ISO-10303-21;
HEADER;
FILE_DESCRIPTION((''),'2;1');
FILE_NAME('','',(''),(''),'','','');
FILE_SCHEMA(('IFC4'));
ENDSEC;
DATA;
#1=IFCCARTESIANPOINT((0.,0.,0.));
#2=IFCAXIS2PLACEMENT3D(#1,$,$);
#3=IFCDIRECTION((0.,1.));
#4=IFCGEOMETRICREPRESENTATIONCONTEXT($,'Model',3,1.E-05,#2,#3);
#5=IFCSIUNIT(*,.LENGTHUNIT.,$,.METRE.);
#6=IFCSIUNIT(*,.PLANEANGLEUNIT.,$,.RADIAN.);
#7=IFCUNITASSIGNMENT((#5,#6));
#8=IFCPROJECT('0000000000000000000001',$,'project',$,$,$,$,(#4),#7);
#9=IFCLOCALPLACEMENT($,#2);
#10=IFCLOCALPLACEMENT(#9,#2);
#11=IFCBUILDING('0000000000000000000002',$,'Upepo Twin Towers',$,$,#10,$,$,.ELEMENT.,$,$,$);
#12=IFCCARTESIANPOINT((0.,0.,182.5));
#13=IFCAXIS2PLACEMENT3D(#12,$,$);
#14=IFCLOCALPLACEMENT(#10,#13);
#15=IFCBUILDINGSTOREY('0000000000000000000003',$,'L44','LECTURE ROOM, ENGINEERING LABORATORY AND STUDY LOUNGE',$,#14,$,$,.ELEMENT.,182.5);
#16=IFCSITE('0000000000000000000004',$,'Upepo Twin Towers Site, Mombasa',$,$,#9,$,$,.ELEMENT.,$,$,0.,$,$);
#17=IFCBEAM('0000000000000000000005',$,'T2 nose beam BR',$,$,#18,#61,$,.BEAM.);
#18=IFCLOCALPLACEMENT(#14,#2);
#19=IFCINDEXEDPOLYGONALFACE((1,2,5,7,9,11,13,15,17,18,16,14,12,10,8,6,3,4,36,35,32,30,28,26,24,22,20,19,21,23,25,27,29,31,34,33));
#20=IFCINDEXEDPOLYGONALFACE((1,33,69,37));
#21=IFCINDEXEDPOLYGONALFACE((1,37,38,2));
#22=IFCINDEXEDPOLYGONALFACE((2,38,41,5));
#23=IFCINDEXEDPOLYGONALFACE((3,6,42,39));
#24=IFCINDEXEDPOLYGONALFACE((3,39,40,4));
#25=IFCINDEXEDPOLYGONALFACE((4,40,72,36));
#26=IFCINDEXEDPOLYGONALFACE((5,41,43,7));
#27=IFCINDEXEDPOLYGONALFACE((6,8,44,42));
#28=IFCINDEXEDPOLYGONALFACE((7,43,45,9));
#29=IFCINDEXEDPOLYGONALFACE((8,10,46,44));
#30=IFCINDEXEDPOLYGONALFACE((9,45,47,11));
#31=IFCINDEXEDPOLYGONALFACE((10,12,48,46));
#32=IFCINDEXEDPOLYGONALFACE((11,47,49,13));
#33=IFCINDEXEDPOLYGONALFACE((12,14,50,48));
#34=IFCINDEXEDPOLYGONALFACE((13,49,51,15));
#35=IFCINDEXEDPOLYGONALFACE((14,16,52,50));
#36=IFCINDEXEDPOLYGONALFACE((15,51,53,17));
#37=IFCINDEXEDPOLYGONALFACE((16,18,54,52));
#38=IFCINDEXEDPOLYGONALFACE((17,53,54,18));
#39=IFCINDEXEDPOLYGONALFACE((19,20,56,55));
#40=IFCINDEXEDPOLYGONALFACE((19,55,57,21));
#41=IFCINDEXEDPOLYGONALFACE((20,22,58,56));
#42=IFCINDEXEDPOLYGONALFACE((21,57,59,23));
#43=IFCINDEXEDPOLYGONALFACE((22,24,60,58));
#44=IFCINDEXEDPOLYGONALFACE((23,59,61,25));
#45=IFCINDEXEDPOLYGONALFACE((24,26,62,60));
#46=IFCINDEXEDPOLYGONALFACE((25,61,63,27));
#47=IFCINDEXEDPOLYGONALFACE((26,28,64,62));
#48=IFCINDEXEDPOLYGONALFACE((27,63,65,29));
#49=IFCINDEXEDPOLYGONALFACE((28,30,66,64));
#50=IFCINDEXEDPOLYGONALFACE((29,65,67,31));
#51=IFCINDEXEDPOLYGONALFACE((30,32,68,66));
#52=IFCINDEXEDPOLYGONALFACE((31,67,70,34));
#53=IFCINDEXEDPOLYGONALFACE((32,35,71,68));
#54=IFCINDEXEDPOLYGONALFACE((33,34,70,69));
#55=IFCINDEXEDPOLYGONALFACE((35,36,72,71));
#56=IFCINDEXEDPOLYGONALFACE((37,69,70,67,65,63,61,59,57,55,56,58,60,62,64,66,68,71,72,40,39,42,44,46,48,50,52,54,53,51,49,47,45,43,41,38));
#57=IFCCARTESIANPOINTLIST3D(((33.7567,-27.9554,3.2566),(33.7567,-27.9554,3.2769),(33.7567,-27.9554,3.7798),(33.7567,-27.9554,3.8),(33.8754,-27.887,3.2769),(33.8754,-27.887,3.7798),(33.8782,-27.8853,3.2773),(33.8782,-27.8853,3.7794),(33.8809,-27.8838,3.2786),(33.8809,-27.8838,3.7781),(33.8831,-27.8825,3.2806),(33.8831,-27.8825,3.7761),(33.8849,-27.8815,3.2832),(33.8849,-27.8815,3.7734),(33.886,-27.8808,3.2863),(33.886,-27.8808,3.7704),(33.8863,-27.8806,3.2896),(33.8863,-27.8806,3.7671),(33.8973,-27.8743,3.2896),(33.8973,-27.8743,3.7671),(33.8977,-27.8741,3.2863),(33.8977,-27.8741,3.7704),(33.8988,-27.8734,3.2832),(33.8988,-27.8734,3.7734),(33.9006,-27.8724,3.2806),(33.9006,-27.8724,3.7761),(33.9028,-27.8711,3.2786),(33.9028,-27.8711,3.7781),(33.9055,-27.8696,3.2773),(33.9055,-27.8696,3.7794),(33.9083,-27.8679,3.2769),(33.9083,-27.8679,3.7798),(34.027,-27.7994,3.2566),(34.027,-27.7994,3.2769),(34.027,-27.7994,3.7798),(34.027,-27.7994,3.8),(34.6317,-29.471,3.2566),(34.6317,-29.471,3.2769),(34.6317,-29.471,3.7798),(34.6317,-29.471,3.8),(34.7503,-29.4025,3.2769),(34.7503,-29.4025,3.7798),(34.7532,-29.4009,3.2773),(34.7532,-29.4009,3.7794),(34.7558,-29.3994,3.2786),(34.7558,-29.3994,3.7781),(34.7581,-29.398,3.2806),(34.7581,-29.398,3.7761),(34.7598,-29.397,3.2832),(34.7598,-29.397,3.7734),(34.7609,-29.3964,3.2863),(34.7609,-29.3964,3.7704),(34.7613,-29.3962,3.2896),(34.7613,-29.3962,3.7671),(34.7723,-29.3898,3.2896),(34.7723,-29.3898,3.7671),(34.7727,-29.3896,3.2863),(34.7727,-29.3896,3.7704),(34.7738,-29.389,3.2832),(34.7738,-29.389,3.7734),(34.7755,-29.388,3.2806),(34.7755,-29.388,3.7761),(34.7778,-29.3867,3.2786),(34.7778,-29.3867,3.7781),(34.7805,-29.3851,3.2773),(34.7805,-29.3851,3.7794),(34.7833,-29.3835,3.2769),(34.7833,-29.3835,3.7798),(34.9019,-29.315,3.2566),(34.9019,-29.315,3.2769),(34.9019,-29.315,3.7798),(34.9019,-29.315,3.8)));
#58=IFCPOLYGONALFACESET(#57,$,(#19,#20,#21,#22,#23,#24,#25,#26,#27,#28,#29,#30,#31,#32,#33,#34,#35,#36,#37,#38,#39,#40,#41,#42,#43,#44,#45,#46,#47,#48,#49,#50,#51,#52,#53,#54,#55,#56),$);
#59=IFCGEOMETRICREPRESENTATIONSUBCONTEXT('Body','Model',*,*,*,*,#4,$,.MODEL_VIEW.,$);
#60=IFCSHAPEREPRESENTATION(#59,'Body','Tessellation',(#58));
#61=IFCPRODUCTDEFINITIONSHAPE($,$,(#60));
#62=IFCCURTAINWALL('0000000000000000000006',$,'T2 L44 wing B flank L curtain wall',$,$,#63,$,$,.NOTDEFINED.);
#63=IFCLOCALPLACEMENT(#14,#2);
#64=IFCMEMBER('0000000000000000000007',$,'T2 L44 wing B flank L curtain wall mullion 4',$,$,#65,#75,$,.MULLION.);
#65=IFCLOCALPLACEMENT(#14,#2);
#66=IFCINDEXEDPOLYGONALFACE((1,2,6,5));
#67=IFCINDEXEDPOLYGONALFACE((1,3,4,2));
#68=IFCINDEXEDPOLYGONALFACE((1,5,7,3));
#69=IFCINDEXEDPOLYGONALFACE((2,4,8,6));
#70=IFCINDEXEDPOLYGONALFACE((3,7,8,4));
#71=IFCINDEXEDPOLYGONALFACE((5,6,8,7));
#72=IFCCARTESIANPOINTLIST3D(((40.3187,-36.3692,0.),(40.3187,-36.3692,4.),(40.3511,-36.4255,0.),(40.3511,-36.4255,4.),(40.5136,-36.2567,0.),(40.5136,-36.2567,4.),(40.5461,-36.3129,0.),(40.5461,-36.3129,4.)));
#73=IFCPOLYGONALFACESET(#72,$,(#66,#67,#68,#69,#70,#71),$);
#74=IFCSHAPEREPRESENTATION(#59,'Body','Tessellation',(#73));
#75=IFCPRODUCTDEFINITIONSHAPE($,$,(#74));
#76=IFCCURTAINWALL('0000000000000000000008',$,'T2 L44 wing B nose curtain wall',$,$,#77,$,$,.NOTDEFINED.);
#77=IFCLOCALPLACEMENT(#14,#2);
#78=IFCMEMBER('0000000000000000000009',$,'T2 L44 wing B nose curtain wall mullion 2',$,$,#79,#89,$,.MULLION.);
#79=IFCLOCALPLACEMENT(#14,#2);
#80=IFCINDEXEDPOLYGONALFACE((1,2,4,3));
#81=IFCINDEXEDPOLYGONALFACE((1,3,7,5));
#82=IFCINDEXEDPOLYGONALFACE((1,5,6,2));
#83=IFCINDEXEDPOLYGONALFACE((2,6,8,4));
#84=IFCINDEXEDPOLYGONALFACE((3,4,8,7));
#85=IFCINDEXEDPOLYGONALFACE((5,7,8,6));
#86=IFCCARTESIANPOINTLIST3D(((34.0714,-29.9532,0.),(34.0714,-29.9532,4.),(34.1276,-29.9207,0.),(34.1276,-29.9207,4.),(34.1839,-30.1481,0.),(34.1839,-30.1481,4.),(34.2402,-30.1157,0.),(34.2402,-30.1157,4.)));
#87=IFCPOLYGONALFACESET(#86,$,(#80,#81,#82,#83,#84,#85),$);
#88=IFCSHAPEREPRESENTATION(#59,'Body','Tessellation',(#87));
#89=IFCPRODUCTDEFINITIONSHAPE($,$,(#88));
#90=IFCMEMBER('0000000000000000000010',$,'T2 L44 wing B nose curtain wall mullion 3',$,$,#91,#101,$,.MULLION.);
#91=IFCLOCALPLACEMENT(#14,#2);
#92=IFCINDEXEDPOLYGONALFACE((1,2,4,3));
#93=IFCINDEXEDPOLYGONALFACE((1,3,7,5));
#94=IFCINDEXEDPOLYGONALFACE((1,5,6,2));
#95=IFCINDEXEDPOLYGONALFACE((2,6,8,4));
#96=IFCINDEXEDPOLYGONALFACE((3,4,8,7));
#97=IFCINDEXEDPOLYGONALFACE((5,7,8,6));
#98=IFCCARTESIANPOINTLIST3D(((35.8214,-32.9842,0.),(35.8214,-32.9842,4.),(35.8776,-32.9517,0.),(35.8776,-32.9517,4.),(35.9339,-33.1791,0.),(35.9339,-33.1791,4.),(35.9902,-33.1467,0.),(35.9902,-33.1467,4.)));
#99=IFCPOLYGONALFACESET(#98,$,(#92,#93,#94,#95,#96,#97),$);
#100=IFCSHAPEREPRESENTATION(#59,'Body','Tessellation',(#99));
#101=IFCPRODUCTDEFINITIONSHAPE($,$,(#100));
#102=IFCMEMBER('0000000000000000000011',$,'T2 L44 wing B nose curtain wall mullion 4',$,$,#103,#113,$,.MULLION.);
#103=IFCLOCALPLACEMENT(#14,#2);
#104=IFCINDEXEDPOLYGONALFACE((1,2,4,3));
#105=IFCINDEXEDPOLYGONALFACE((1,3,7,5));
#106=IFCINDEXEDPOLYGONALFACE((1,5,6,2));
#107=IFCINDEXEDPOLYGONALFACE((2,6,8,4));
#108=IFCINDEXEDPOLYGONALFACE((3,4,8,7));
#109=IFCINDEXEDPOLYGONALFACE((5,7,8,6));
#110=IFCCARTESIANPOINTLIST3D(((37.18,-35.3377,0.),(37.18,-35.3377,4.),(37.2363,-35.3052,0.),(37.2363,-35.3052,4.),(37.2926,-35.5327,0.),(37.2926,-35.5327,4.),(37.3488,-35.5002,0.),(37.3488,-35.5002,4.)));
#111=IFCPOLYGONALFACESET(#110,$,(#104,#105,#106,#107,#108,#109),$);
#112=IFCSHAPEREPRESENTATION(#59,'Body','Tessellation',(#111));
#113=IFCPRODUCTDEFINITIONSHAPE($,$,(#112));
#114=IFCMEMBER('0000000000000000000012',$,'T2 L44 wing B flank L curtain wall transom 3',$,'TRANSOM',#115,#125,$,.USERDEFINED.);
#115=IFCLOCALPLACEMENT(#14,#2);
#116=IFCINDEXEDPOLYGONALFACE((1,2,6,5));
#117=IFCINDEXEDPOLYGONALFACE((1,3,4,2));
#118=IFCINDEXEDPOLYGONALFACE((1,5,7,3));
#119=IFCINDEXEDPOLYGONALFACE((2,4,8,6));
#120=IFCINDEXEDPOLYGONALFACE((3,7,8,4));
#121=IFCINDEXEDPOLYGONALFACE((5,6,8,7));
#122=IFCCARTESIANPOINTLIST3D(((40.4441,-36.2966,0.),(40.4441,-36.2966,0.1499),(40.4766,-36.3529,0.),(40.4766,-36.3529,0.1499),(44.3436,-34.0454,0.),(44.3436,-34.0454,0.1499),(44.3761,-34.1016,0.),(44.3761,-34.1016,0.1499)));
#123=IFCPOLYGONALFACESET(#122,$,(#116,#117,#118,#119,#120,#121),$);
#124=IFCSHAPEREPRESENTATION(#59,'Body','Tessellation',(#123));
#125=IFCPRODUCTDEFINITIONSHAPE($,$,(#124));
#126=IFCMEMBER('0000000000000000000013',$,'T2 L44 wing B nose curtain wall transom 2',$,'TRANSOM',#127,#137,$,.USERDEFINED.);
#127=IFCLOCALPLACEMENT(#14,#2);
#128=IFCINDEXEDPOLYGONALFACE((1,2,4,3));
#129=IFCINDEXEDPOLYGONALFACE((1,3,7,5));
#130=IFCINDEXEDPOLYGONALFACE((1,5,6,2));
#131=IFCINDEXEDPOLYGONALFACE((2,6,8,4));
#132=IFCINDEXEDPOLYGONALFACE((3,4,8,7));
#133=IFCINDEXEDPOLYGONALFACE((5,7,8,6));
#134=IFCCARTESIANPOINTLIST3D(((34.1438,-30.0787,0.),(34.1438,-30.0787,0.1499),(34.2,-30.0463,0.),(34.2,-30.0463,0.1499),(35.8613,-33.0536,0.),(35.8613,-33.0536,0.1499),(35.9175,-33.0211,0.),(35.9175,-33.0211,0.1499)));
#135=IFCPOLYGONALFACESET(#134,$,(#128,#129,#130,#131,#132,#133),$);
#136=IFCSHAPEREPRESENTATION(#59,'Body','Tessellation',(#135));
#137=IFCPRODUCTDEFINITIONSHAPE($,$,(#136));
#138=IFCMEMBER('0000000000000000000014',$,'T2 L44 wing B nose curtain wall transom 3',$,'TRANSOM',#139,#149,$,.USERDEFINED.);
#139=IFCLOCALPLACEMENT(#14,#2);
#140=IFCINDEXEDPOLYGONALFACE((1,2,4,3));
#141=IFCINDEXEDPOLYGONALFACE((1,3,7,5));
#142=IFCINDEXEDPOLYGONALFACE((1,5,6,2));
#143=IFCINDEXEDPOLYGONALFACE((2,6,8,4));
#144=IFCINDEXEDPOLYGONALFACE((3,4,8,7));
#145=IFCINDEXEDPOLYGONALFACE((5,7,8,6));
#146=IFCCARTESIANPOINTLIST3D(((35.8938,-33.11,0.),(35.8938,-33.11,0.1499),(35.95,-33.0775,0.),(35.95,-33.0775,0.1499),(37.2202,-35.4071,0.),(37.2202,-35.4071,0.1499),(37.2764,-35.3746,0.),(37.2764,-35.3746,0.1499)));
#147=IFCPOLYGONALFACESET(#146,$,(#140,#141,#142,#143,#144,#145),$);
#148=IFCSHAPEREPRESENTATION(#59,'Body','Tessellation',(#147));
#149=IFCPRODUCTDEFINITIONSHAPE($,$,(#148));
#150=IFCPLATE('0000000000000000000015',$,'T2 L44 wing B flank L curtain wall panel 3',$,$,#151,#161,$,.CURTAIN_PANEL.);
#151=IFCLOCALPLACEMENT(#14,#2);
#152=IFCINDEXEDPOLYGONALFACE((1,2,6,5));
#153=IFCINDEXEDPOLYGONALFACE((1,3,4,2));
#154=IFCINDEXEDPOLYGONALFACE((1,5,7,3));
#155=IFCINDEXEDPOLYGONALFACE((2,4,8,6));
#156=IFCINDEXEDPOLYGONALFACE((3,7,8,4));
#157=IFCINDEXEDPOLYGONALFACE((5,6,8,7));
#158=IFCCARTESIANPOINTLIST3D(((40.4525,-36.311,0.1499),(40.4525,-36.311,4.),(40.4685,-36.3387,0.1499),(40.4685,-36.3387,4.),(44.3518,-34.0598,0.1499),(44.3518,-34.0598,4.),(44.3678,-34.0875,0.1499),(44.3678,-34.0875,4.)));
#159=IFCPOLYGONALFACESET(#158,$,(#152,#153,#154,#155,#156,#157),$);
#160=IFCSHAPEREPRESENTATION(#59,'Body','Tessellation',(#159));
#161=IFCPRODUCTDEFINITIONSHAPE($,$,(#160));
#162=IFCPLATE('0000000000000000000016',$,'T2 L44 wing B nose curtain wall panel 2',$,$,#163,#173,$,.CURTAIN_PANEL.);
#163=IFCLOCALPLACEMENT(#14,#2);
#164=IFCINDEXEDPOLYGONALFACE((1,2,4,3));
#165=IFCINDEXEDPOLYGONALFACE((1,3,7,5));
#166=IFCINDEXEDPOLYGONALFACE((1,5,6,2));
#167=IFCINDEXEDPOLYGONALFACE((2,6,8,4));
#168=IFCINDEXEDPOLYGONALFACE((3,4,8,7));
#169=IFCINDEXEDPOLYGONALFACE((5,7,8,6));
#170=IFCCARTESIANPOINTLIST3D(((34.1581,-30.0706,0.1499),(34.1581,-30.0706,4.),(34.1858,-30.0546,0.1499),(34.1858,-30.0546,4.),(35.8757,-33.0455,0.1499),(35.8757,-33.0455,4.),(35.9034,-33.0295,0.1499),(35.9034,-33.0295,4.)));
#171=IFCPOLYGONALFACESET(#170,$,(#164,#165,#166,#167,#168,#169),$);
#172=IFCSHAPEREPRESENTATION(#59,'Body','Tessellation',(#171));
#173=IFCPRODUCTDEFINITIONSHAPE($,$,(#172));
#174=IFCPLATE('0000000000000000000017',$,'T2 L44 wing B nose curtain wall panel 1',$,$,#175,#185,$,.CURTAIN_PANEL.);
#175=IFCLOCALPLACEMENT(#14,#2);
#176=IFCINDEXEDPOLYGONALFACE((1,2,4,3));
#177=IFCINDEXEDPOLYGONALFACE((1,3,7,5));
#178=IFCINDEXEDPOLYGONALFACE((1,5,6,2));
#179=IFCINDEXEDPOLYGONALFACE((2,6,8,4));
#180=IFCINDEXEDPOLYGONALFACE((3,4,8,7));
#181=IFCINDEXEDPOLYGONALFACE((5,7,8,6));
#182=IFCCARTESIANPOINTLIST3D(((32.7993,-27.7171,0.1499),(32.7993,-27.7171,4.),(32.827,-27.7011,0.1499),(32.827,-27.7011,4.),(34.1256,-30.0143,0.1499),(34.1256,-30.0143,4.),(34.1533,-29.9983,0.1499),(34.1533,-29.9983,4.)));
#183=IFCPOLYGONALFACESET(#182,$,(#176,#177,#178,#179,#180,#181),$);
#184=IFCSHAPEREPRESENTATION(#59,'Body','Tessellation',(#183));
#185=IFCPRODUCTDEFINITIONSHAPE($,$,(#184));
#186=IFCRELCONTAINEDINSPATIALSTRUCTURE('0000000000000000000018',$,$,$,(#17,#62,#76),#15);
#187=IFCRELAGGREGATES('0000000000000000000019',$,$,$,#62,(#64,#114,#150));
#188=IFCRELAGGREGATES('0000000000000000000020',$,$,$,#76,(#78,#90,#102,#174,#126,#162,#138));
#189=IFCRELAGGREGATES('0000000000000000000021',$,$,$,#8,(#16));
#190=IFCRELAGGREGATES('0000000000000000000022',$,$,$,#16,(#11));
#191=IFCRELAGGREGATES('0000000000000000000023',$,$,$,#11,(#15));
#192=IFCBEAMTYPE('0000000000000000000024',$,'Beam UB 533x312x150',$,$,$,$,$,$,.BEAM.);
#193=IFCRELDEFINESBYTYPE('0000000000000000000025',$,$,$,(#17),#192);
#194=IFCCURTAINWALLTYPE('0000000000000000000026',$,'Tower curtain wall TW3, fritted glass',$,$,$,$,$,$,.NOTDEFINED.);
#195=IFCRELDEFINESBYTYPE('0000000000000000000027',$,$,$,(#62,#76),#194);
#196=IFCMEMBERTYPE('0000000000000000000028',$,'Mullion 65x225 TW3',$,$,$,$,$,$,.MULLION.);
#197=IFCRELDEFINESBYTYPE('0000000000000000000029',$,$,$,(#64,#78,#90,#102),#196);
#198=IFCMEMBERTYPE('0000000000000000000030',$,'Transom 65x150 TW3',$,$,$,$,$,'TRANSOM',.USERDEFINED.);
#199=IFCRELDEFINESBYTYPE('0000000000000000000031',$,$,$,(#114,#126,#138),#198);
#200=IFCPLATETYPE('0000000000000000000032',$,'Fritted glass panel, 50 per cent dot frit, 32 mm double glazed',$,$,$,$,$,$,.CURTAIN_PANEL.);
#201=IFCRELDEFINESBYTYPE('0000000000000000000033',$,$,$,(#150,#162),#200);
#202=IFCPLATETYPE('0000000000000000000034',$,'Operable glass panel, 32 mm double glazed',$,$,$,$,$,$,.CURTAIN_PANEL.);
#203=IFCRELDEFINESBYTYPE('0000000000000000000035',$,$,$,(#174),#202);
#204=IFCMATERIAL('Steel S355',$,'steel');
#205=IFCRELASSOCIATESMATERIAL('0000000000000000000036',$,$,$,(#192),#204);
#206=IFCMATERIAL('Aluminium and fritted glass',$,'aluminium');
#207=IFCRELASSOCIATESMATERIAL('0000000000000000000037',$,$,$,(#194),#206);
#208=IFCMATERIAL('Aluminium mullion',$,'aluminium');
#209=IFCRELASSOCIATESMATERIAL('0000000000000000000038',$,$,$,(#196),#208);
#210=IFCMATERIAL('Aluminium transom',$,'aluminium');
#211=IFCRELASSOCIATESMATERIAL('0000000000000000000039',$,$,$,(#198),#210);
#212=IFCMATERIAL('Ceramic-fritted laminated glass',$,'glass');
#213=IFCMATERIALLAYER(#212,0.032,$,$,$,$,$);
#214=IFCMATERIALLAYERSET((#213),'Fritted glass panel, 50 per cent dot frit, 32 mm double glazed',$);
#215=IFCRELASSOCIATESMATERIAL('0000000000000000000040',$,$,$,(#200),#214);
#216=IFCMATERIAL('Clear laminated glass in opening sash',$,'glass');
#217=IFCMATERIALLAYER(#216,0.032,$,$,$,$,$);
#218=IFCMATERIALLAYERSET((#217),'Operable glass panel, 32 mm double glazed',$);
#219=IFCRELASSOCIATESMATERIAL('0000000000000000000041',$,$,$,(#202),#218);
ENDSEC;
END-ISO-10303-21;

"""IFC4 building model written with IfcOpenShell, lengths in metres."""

from ifc_helpers import new_model, si_unit, direction, frame, origin, origin_2d, place, context, subcontext, project, spatial, rectangle, i_section, extrude, material, layer, layer_set, material_profile, profile_set, type_object, element, aggregate, save


model = new_model("IFC4")

# Units and contexts
model_context = context("Model", 3, precision=1e-05, world=origin(), true_north=direction((0.0, 1.0)))
body_context = subcontext(model_context, "Body", "Model", "MODEL_VIEW")
ifc_project = project(units=[si_unit("LENGTHUNIT", "METRE"), si_unit("PLANEANGLEUNIT", "RADIAN")], contexts=[model_context])

# Site, building, storey
site_placement = place(None, origin())
site = spatial("IfcSite", under=ifc_project, at=site_placement, Name="Upepo Twin Towers Site, Mombasa", CompositionType="ELEMENT", RefElevation=0.0)
building_placement = place(site_placement, origin())
building = spatial("IfcBuilding", under=site, at=building_placement, Name="Upepo Twin Towers", CompositionType="ELEMENT")
storey_placement = place(building_placement, frame((0.0, 0.0, 182.5)))
storey = spatial("IfcBuildingStorey", under=building, at=storey_placement, Name="L44", Description="LECTURE ROOM, ENGINEERING LABORATORY AND STUDY LOUNGE", CompositionType="ELEMENT", Elevation=182.5)

# Beam
ifc_material_1 = material(Name="Steel S355", Category="steel")
ifc_material_profile_1 = material_profile(ifc_material_1, i_section(OverallWidth=0.312, OverallDepth=0.5435, WebThickness=0.0127, FlangeThickness=0.0203, FilletRadius=0.0127, at=origin_2d()), Name="UB 533x312x150")
ifc_profile_set_1 = profile_set([ifc_material_profile_1], Name="Steel S355")
beam_type_1 = type_object("IfcBeamType", Name="Beam UB 533x312x150", PredefinedType="BEAM", material=ifc_profile_set_1)
for number, where, z_axis, x_axis, name in (
    (1, (33.8918, -27.8774, 3.5283), (0.49998, -0.866037, 0.0), (0.866037, 0.49998, 0.0), "T2 nose beam BR"),
):
    element("IfcBeam", number, at=place(storey_placement, frame(where, z_axis=z_axis, x_axis=x_axis)), inside=storey, type_object=beam_type_1, Name=name, PredefinedType="BEAM", context=body_context, shape_type="SweptSolid", body=[
        extrude(i_section(OverallWidth=0.312, OverallDepth=0.5435, WebThickness=0.0127, FlangeThickness=0.0203, FilletRadius=0.0127, at=origin_2d()), origin(), (0.0, 0.0, 1.0), 1.75),
    ])

# Curtain wall, member
ifc_material_2 = material(Name="Aluminium and fritted glass", Category="aluminium")
curtain_wall_type = type_object("IfcCurtainWallType", Name="Tower curtain wall TW3, fritted glass", PredefinedType="NOTDEFINED", material=ifc_material_2)
curtain_wall_1_placement = place(storey_placement, origin())
curtain_wall_1 = element("IfcCurtainWall", 2, at=curtain_wall_1_placement, inside=storey, type_object=curtain_wall_type, Name="T2 L44 wing B flank L curtain wall", PredefinedType="NOTDEFINED")
ifc_material_3 = material(Name="Aluminium mullion", Category="aluminium")
ifc_material_profile_2 = material_profile(ifc_material_3, rectangle(XDim=0.0649, YDim=0.2251, at=origin_2d()), Name="MULLION 65x225")
ifc_profile_set_2 = profile_set([ifc_material_profile_2], Name="Aluminium mullion")
member_type_1 = type_object("IfcMemberType", Name="Mullion 65x225 TW3", PredefinedType="MULLION", material=ifc_profile_set_2)
member_1_placement = place(storey_placement, frame((40.4324, -36.3411, 0.0), z_axis=(0.0, 0.0, 1.0), x_axis=(0.5, -0.866025, 0.0)))
member_1 = element("IfcMember", 3, at=member_1_placement, type_object=member_type_1, Name="T2 L44 wing B flank L curtain wall mullion 4", PredefinedType="MULLION", context=body_context, shape_type="SweptSolid", body=[
    extrude(rectangle(XDim=0.0649, YDim=0.2251, at=origin_2d()), origin(), (0.0, 0.0, 1.0), 4.0),
])

# Curtain wall, members
curtain_wall_2_placement = place(storey_placement, origin())
curtain_wall_2 = element("IfcCurtainWall", 4, at=curtain_wall_2_placement, inside=storey, type_object=curtain_wall_type, Name="T2 L44 wing B nose curtain wall", PredefinedType="NOTDEFINED")
member_2_placement = place(storey_placement, frame((34.1558, -30.0344, 0.0), z_axis=(0.0, 0.0, 1.0), x_axis=(0.866025, 0.5, 0.0)))
member_2 = element("IfcMember", 5, at=member_2_placement, type_object=member_type_1, Name="T2 L44 wing B nose curtain wall mullion 2", PredefinedType="MULLION", context=body_context, shape_type="SweptSolid", body=[
    extrude(rectangle(XDim=0.0649, YDim=0.2251, at=origin_2d()), origin(), (0.0, 0.0, 1.0), 4.0),
])
member_3_placement = place(storey_placement, frame((35.9058, -33.0654, 0.0), z_axis=(0.0, 0.0, 1.0), x_axis=(0.866025, 0.5, 0.0)))
member_3 = element("IfcMember", 6, at=member_3_placement, type_object=member_type_1, Name="T2 L44 wing B nose curtain wall mullion 3", PredefinedType="MULLION", context=body_context, shape_type="SweptSolid", body=[
    extrude(rectangle(XDim=0.0649, YDim=0.2251, at=origin_2d()), origin(), (0.0, 0.0, 1.0), 4.0),
])
member_4_placement = place(storey_placement, frame((37.2644, -35.4189, 0.0), z_axis=(0.0, 0.0, 1.0), x_axis=(0.866025, 0.5, 0.0)))
member_4 = element("IfcMember", 7, at=member_4_placement, type_object=member_type_1, Name="T2 L44 wing B nose curtain wall mullion 4", PredefinedType="MULLION", context=body_context, shape_type="SweptSolid", body=[
    extrude(rectangle(XDim=0.0649, YDim=0.2251, at=origin_2d()), origin(), (0.0, 0.0, 1.0), 4.0),
])

# Members
ifc_material_4 = material(Name="Aluminium transom", Category="aluminium")
ifc_material_profile_3 = material_profile(ifc_material_4, rectangle(XDim=0.0649, YDim=0.1499, at=origin_2d()), Name="TRANSOM 65x150")
ifc_profile_set_3 = profile_set([ifc_material_profile_3], Name="Aluminium transom")
member_type_2 = type_object("IfcMemberType", Name="Transom 65x150 TW3", ElementType="TRANSOM", PredefinedType="USERDEFINED", material=ifc_profile_set_3)
member_5_placement = place(storey_placement, frame((44.3599, -34.0735, 0.075), z_axis=(-0.866036, -0.499982, 0.0), x_axis=(0.499982, -0.866036, 0.0)))
member_5 = element("IfcMember", 8, at=member_5_placement, type_object=member_type_2, Name="T2 L44 wing B flank L curtain wall transom 3", ObjectType="TRANSOM", PredefinedType="USERDEFINED", context=body_context, shape_type="SweptSolid", body=[
    extrude(rectangle(XDim=0.0649, YDim=0.1499, at=origin_2d()), origin(), (0.0, 0.0, 1.0), 4.5027),
])
member_6_placement = place(storey_placement, frame((34.1719, -30.0625, 0.075), z_axis=(0.499999, -0.866026, 0.0), x_axis=(0.866026, 0.499999, 0.0)))
member_6 = element("IfcMember", 9, at=member_6_placement, type_object=member_type_2, Name="T2 L44 wing B nose curtain wall transom 2", ObjectType="TRANSOM", PredefinedType="USERDEFINED", context=body_context, shape_type="SweptSolid", body=[
    extrude(rectangle(XDim=0.0649, YDim=0.1499, at=origin_2d()), origin(), (0.0, 0.0, 1.0), 3.4351),
])
member_7_placement = place(storey_placement, frame((35.9219, -33.0938, 0.075), z_axis=(0.500049, -0.865997, 0.0), x_axis=(0.865997, 0.500049, 0.0)))
member_7 = element("IfcMember", 10, at=member_7_placement, type_object=member_type_2, Name="T2 L44 wing B nose curtain wall transom 3", ObjectType="TRANSOM", PredefinedType="USERDEFINED", context=body_context, shape_type="SweptSolid", body=[
    extrude(rectangle(XDim=0.0649, YDim=0.1499, at=origin_2d()), origin(), (0.0, 0.0, 1.0), 2.6526),
])

# Plates
ifc_material_5 = material(Name="Ceramic-fritted laminated glass", Category="glass")
ifc_layer_1 = layer(ifc_material_5, 0.032)
ifc_layer_set_1 = layer_set([ifc_layer_1], Name="Fritted glass panel, 50 per cent dot frit, 32 mm double glazed")
plate_type_1 = type_object("IfcPlateType", Name="Fritted glass panel, 50 per cent dot frit, 32 mm double glazed", PredefinedType="CURTAIN_PANEL", material=ifc_layer_set_1)
plate_1_placement = place(storey_placement, frame((42.4102, -35.1992, 0.1499), z_axis=(0.0, 0.0, 1.0), x_axis=(-0.866025, -0.5, 0.0)))
plate_1 = element("IfcPlate", 11, at=plate_1_placement, type_object=plate_type_1, Name="T2 L44 wing B flank L curtain wall panel 3", PredefinedType="CURTAIN_PANEL", context=body_context, shape_type="SweptSolid", body=[
    extrude(rectangle(XDim=4.5024, YDim=0.032, at=origin_2d()), origin(), (0.0, 0.0, 1.0), 3.8501),
])
aggregate(curtain_wall_1, [member_1, member_5, plate_1])
plate_2_placement = place(storey_placement, frame((35.0308, -31.55, 0.1499), z_axis=(0.0, 0.0, 1.0), x_axis=(0.5, -0.866025, 0.0)))
plate_2 = element("IfcPlate", 12, at=plate_2_placement, type_object=plate_type_1, Name="T2 L44 wing B nose curtain wall panel 2", PredefinedType="CURTAIN_PANEL", context=body_context, shape_type="SweptSolid", body=[
    extrude(rectangle(XDim=3.4351, YDim=0.032, at=origin_2d()), origin(), (0.0, 0.0, 1.0), 3.8501),
])
ifc_material_6 = material(Name="Clear laminated glass in opening sash", Category="glass")
ifc_layer_2 = layer(ifc_material_6, 0.032)
ifc_layer_set_2 = layer_set([ifc_layer_2], Name="Operable glass panel, 32 mm double glazed")
plate_type_2 = type_object("IfcPlateType", Name="Operable glass panel, 32 mm double glazed", PredefinedType="CURTAIN_PANEL", material=ifc_layer_set_2)
plate_3_placement = place(storey_placement, frame((33.4763, -28.8577, 0.1499), z_axis=(0.0, 0.0, 1.0), x_axis=(0.5, -0.866025, 0.0)))
plate_3 = element("IfcPlate", 13, at=plate_3_placement, type_object=plate_type_2, Name="T2 L44 wing B nose curtain wall panel 1", PredefinedType="CURTAIN_PANEL", context=body_context, shape_type="SweptSolid", body=[
    extrude(rectangle(XDim=2.6526, YDim=0.032, at=origin_2d()), origin(), (0.0, 0.0, 1.0), 3.8501),
])
aggregate(curtain_wall_2, [member_2, member_3, member_4, plate_3, member_6, plate_2, member_7])

save(model, "model.ifc")
